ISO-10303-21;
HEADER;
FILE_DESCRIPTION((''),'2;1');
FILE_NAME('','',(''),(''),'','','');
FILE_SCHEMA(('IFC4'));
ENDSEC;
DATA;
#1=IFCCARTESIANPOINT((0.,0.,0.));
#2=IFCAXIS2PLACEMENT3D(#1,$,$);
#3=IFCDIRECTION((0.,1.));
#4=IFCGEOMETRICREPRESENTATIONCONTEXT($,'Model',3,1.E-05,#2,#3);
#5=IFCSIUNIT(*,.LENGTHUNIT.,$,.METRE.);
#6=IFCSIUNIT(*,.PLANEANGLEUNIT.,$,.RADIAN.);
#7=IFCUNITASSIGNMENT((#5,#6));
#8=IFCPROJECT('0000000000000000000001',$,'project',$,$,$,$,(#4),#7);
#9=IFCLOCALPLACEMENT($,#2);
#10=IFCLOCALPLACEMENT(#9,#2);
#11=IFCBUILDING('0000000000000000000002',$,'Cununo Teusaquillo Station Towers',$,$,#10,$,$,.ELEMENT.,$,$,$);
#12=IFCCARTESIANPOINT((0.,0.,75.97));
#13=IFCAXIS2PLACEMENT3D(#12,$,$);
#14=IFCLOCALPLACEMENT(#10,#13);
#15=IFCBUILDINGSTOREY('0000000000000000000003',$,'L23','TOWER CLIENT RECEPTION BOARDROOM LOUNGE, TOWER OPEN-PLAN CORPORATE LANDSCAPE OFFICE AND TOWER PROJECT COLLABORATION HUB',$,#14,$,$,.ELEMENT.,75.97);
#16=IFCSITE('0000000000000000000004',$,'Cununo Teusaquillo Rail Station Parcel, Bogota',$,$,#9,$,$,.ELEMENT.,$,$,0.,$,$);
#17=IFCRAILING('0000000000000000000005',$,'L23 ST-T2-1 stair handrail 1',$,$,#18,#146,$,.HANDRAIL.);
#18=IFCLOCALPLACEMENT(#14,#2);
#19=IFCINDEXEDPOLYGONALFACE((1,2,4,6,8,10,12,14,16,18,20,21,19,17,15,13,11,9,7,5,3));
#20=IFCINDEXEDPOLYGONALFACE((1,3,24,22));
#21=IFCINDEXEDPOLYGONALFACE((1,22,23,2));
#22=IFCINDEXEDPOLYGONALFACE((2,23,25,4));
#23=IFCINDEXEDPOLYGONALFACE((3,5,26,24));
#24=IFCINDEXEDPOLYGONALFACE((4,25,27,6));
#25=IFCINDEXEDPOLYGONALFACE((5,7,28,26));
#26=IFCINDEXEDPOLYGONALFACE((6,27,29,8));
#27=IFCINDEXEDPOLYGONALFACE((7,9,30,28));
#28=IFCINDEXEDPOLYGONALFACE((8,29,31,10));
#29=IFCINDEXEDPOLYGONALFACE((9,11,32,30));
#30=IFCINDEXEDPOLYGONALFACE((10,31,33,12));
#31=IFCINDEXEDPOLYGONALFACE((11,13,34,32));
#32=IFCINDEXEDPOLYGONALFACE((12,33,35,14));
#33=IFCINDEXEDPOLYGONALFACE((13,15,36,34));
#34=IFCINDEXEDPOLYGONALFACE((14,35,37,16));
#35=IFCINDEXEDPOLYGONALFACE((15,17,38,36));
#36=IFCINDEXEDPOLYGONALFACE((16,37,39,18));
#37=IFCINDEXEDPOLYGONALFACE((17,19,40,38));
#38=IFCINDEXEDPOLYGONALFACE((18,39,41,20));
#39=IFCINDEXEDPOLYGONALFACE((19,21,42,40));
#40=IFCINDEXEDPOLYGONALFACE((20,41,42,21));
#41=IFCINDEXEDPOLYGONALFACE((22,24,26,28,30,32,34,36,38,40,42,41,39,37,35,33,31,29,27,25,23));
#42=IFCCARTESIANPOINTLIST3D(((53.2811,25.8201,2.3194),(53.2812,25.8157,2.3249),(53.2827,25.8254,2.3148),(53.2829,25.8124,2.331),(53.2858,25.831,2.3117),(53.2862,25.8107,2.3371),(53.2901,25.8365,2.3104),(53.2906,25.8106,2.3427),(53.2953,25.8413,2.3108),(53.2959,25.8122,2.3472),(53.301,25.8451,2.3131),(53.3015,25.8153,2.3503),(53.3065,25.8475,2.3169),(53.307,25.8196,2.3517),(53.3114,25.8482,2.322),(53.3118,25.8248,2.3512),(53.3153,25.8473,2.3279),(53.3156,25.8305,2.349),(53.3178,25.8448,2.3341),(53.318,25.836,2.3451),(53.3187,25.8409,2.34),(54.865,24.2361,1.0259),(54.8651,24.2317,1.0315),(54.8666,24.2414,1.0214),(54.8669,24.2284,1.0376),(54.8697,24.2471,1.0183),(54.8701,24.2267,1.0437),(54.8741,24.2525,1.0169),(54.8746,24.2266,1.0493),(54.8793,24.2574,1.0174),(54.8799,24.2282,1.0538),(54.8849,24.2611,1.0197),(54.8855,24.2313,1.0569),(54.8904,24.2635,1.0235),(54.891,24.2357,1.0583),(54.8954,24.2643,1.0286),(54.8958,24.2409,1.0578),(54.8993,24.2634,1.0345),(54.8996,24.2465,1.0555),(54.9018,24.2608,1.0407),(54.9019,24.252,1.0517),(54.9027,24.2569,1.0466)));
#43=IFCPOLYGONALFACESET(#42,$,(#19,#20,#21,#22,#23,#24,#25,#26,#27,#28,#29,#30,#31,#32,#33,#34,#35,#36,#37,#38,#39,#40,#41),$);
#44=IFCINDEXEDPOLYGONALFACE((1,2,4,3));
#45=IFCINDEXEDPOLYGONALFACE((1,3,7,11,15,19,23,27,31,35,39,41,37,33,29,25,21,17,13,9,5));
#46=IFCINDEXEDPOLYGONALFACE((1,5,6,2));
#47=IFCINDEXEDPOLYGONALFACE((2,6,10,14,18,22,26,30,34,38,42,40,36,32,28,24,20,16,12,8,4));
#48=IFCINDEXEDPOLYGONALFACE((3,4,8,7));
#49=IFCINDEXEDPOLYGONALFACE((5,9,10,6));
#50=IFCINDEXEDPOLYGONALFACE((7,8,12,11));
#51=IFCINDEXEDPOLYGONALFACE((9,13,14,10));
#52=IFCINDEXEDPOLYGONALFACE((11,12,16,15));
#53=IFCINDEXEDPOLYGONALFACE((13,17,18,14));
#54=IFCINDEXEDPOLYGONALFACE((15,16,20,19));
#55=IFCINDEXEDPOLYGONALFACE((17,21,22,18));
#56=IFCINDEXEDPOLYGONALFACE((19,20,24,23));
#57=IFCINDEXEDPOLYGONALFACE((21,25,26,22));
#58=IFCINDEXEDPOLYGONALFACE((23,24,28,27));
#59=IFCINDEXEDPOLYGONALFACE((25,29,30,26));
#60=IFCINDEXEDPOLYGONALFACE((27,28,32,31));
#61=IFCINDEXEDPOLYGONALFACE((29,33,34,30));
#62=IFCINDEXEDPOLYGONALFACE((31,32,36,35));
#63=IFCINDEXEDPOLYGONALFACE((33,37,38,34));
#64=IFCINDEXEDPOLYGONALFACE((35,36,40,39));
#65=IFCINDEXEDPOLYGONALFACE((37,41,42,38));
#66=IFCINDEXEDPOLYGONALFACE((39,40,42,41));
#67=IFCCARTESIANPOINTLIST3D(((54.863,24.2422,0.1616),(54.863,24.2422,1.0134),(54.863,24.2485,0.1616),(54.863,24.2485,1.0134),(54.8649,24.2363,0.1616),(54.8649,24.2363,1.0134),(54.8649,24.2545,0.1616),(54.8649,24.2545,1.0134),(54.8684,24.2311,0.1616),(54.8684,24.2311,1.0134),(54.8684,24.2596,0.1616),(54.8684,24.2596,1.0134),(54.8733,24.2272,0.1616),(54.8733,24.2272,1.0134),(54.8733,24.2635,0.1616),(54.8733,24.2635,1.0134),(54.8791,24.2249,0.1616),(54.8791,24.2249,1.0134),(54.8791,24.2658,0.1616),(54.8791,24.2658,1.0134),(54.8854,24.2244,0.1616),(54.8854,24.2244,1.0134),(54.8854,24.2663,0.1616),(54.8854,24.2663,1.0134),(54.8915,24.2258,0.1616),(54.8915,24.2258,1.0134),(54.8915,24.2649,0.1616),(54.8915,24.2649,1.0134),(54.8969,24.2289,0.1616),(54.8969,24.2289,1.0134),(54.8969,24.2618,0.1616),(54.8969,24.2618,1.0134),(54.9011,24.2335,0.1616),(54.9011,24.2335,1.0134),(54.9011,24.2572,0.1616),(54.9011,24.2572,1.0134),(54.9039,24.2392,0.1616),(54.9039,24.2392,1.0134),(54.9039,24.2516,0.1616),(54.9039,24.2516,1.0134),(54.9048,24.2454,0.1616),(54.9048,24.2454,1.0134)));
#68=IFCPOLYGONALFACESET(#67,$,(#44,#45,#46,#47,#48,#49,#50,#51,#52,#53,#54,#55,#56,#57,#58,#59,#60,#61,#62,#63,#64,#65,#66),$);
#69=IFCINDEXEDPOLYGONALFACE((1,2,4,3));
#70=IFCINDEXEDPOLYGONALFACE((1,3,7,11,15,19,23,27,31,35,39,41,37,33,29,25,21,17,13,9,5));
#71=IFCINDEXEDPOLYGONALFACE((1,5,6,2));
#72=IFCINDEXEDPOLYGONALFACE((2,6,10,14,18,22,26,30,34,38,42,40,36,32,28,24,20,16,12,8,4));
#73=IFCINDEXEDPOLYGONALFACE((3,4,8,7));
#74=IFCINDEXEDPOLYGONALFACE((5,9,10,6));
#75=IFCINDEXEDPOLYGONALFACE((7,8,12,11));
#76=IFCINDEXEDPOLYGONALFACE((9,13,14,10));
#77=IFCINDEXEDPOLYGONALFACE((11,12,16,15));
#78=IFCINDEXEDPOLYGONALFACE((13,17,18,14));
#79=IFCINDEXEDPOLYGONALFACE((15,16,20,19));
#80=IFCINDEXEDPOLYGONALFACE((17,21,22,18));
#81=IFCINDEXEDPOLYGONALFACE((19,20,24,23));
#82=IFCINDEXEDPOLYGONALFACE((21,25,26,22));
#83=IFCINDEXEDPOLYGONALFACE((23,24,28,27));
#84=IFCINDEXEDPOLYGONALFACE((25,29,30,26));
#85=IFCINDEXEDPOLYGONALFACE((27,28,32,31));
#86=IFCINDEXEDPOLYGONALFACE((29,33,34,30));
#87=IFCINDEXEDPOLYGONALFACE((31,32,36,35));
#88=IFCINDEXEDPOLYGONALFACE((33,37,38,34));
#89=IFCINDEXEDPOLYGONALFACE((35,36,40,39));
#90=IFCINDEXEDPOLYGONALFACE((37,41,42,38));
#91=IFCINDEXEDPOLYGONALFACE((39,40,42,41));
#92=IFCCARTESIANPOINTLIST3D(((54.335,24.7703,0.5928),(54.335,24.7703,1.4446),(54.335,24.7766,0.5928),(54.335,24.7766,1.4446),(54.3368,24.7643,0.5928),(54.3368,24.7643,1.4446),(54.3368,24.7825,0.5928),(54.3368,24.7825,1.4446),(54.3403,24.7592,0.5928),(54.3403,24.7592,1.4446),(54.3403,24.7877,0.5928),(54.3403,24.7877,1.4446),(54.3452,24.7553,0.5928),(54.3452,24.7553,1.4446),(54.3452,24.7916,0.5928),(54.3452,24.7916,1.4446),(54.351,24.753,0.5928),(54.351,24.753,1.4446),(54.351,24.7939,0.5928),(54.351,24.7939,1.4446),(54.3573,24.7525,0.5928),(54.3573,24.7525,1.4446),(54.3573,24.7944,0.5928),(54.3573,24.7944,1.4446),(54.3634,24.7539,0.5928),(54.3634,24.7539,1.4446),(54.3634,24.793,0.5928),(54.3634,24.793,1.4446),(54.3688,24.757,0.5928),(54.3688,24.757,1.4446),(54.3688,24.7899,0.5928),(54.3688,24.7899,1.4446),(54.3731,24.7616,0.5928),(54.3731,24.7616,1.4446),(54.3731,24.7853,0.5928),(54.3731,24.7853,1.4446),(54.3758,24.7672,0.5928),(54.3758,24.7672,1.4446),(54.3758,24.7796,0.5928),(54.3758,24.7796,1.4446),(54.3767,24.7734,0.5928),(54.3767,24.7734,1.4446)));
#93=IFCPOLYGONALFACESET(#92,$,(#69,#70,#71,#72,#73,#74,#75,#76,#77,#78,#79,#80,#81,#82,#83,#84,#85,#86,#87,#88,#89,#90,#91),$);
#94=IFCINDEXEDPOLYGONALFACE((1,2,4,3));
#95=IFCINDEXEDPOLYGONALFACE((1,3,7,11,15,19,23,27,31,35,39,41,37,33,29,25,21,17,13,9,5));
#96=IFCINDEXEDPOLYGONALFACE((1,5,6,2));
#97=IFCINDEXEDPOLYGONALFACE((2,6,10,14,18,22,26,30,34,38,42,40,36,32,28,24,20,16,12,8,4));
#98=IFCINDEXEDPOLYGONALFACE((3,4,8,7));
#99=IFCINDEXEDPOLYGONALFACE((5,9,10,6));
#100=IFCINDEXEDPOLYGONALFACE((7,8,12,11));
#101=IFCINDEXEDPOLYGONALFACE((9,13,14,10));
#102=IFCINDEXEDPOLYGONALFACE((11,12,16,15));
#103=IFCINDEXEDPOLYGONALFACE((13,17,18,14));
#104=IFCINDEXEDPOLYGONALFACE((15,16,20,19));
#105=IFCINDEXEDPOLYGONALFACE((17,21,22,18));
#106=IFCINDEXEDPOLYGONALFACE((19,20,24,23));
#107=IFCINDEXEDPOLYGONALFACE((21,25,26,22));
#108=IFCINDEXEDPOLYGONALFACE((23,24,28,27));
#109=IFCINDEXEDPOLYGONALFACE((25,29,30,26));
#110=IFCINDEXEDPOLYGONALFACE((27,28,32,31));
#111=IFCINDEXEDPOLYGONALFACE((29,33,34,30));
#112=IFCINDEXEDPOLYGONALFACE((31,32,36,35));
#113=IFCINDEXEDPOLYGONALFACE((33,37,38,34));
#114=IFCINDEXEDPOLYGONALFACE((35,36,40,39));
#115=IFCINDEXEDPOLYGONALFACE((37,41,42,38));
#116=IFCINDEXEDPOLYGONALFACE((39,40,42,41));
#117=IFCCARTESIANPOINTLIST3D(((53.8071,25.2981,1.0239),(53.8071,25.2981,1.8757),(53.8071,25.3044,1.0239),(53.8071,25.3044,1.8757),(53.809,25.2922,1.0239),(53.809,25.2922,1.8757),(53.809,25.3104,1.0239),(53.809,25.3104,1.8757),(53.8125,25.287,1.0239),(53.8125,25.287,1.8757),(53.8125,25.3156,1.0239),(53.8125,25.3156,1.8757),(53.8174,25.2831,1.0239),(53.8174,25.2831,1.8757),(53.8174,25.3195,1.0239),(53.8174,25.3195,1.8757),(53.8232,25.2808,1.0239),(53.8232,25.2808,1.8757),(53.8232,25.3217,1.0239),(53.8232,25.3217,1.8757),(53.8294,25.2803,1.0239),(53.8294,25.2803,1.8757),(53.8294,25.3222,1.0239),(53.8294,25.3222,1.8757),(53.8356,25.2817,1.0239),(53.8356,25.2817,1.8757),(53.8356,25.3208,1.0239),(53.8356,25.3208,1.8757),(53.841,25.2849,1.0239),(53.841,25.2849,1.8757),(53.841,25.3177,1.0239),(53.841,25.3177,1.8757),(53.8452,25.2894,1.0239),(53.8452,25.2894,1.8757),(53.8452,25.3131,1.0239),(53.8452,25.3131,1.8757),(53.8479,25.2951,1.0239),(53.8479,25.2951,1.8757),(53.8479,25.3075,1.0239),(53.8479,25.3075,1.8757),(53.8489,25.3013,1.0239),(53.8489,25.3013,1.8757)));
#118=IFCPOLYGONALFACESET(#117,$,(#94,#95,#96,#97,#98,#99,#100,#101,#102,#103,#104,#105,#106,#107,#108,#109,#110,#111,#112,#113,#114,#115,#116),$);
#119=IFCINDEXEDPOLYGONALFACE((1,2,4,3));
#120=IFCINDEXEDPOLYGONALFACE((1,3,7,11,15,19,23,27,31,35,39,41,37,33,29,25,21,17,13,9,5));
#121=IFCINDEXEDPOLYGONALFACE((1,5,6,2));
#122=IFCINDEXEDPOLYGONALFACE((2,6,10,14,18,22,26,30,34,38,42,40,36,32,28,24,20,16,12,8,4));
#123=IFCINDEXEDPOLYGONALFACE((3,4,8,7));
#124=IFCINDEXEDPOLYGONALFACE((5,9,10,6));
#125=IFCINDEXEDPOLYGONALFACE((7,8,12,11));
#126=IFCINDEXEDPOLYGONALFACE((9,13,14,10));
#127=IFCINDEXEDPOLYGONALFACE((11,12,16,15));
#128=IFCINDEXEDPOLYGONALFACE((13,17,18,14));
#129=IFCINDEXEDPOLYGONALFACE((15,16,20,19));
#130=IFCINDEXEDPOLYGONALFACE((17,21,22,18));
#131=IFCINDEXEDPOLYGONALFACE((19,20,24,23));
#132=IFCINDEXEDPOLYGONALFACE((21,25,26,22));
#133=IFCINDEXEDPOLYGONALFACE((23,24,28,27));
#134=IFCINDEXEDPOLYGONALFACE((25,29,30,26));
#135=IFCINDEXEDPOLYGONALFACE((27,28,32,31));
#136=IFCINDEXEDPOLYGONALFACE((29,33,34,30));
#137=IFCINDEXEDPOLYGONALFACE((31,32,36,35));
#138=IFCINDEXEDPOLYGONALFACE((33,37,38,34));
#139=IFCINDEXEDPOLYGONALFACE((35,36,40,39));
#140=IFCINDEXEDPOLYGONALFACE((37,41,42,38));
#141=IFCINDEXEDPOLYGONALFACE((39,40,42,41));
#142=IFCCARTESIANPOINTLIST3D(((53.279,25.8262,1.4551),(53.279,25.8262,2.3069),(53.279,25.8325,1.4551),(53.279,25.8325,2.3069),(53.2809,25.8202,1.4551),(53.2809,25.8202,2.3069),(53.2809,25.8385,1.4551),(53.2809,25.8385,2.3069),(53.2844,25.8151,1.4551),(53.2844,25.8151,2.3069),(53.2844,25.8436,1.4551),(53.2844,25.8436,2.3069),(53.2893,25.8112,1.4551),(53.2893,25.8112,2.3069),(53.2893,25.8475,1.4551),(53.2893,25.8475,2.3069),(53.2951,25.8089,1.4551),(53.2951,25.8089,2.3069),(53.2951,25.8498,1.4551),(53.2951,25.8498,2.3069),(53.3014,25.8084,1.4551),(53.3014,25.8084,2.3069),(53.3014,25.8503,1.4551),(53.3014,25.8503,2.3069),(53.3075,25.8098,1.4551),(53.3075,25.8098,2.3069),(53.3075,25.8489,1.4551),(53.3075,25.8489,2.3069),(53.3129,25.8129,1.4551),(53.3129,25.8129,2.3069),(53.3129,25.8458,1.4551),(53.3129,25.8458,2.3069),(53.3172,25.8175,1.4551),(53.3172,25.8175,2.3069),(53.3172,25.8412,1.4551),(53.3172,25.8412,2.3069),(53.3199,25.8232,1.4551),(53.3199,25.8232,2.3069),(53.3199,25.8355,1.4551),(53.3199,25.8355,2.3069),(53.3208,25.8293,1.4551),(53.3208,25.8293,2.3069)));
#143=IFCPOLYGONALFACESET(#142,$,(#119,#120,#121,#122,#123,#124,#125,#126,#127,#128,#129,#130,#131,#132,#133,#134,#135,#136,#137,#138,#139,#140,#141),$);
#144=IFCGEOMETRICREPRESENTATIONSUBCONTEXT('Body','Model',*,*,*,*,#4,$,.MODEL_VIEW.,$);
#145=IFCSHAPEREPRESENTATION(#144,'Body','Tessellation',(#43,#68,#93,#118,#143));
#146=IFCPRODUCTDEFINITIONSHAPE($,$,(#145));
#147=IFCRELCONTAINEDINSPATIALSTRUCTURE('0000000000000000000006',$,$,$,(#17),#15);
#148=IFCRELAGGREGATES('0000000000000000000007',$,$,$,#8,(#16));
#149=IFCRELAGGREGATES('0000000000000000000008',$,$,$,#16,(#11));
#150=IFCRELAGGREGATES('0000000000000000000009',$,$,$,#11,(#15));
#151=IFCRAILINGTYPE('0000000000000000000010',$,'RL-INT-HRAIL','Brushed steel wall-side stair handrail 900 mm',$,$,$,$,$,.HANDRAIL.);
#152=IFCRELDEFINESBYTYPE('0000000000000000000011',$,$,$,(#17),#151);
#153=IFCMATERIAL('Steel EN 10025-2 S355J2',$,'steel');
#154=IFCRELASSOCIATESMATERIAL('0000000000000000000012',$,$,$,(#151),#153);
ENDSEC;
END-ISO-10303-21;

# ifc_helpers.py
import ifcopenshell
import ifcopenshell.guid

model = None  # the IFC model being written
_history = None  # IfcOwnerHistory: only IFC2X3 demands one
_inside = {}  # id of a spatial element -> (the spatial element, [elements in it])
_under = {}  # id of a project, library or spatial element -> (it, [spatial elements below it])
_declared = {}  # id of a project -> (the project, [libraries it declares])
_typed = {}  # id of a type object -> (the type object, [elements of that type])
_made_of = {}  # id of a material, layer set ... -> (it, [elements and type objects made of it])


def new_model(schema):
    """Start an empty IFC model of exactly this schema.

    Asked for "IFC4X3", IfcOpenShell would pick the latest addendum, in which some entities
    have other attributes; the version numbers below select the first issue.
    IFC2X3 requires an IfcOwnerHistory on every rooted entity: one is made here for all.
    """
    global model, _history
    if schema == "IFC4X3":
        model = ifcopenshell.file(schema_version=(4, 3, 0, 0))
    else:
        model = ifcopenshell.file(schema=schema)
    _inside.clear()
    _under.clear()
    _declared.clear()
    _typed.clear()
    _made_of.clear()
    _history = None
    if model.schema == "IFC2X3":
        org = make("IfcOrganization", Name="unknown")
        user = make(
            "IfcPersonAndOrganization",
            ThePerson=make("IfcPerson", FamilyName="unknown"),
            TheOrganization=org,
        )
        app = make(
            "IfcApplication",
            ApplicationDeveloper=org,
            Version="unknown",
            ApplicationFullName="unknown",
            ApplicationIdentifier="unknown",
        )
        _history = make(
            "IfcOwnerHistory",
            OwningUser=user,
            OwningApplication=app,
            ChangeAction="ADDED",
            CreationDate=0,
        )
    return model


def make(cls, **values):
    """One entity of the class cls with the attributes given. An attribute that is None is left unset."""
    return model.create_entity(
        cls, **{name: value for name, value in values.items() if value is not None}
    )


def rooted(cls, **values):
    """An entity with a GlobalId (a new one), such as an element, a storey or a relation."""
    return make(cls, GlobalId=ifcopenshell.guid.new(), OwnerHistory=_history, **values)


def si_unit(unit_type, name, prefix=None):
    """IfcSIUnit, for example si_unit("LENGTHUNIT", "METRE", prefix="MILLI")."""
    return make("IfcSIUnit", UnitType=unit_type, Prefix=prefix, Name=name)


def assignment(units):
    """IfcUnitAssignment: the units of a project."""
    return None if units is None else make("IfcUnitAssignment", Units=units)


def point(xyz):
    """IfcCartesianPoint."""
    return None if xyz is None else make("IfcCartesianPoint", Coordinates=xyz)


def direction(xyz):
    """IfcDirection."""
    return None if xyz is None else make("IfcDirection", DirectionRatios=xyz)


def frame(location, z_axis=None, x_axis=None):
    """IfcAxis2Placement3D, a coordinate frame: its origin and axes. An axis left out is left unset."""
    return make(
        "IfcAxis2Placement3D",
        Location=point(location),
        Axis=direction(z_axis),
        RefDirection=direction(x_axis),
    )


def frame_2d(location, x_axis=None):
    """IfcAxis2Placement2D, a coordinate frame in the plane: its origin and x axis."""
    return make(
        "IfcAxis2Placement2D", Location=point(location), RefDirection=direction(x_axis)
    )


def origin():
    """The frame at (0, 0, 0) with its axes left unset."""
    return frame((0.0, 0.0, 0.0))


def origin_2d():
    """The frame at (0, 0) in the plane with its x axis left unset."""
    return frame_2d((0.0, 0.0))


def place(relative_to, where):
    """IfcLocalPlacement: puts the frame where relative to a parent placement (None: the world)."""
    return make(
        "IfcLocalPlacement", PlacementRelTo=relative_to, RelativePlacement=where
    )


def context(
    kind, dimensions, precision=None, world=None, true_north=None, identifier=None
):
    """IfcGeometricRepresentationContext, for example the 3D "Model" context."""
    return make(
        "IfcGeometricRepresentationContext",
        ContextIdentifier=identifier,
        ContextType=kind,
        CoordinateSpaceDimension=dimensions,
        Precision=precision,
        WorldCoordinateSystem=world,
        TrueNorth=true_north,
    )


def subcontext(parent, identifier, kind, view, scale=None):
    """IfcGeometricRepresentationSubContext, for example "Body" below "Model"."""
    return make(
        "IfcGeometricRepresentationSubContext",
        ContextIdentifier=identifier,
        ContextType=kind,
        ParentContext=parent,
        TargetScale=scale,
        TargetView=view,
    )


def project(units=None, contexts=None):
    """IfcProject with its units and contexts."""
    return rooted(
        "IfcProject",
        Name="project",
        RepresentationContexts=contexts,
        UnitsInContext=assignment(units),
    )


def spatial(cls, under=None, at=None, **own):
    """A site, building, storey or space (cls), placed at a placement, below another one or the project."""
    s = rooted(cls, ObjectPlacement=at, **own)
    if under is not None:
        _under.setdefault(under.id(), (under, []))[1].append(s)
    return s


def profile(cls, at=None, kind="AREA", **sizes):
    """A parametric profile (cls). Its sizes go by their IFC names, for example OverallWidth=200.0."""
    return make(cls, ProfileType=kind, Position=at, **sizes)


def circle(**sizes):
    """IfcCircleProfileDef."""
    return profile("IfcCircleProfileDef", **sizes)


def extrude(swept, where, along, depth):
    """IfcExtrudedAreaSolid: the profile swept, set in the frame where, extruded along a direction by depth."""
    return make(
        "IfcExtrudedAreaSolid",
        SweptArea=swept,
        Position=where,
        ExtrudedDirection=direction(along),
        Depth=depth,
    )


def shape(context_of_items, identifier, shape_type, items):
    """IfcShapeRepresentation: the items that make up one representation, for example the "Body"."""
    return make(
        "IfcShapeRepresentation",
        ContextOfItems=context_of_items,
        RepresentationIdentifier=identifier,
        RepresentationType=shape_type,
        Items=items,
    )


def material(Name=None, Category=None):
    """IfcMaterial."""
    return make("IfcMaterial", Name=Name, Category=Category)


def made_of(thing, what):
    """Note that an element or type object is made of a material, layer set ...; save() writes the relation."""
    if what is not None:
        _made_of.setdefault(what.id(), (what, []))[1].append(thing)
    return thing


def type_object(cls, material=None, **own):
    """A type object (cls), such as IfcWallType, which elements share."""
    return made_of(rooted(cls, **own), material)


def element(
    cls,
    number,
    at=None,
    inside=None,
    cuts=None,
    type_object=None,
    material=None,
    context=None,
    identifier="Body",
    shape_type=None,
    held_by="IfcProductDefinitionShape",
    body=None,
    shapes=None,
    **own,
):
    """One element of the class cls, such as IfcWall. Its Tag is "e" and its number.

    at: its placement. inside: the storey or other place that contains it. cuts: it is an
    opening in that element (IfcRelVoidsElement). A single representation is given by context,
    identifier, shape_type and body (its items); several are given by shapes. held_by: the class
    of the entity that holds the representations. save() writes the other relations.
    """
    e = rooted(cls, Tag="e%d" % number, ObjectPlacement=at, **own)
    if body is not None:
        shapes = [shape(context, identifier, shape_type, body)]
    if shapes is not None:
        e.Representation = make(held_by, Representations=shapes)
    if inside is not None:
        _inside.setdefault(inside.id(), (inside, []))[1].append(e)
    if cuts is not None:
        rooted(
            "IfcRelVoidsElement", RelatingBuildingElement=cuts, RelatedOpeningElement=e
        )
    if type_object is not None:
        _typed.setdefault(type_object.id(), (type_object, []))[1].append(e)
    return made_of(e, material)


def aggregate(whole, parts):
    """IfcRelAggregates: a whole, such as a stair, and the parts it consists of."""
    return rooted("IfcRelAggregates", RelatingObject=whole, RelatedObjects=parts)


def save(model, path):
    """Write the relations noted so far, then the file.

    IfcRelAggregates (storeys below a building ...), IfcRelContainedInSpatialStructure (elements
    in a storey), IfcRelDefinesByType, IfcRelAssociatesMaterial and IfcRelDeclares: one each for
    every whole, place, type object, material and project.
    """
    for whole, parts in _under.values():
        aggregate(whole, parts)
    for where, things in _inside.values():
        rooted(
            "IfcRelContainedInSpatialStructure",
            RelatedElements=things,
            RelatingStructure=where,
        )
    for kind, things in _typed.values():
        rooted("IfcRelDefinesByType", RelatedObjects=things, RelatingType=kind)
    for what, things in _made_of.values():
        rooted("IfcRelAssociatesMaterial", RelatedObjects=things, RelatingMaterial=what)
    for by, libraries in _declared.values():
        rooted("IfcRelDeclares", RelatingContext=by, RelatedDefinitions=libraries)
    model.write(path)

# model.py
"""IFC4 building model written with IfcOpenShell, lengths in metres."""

from ifc_helpers import new_model, si_unit, direction, frame, origin, origin_2d, place, context, subcontext, project, spatial, circle, extrude, material, type_object, element, save


model = new_model("IFC4")

# Units and contexts
model_context = context("Model", 3, precision=1e-05, world=origin(), true_north=direction((0.0, 1.0)))
body_context = subcontext(model_context, "Body", "Model", "MODEL_VIEW")
ifc_project = project(units=[si_unit("LENGTHUNIT", "METRE"), si_unit("PLANEANGLEUNIT", "RADIAN")], contexts=[model_context])

# Site, building, storey
site_placement = place(None, origin())
site = spatial("IfcSite", under=ifc_project, at=site_placement, Name="Cununo Teusaquillo Rail Station Parcel, Bogota", CompositionType="ELEMENT", RefElevation=0.0)
building_placement = place(site_placement, origin())
building = spatial("IfcBuilding", under=site, at=building_placement, Name="Cununo Teusaquillo Station Towers", CompositionType="ELEMENT")
storey_placement = place(building_placement, frame((0.0, 0.0, 75.97)))
storey = spatial("IfcBuildingStorey", under=building, at=storey_placement, Name="L23", Description="TOWER CLIENT RECEPTION BOARDROOM LOUNGE, TOWER OPEN-PLAN CORPORATE LANDSCAPE OFFICE AND TOWER PROJECT COLLABORATION HUB", CompositionType="ELEMENT", Elevation=75.97)

# Railing
ifc_material_1 = material(Name="Steel EN 10025-2 S355J2", Category="steel")
railing_type_1 = type_object("IfcRailingType", Name="RL-INT-HRAIL", Description="Brushed steel wall-side stair handrail 900 mm", PredefinedType="HANDRAIL", material=ifc_material_1)
railing_1_placement = place(storey_placement, frame((54.8838, 24.2454, 0.1616)))
element("IfcRailing", 1, at=railing_1_placement, inside=storey, type_object=railing_type_1, Name="L23 ST-T2-1 stair handrail 1", PredefinedType="HANDRAIL", context=body_context, shape_type="SweptSolid", body=[
    extrude(circle(Radius=0.0239, at=origin_2d()), frame((0.0, 0.0, 0.876), z_axis=(-0.612356, 0.612356, 0.50004), x_axis=(-0.707107, -0.707107, 0.0)), (0.0, 0.0, 1.0), 2.5867),
    extrude(circle(Radius=0.021, at=origin_2d()), origin(), (0.0, 0.0, 1.0), 0.8518),
    extrude(circle(Radius=0.021, at=origin_2d()), frame((-0.5281, 0.5281, 0.4312)), (0.0, 0.0, 1.0), 0.8518),
    extrude(circle(Radius=0.021, at=origin_2d()), frame((-1.0559, 1.0559, 0.8623)), (0.0, 0.0, 1.0), 0.8518),
    extrude(circle(Radius=0.021, at=origin_2d()), frame((-1.584, 1.584, 1.2935)), (0.0, 0.0, 1.0), 0.8518),
])

save(model, "model.ifc")
